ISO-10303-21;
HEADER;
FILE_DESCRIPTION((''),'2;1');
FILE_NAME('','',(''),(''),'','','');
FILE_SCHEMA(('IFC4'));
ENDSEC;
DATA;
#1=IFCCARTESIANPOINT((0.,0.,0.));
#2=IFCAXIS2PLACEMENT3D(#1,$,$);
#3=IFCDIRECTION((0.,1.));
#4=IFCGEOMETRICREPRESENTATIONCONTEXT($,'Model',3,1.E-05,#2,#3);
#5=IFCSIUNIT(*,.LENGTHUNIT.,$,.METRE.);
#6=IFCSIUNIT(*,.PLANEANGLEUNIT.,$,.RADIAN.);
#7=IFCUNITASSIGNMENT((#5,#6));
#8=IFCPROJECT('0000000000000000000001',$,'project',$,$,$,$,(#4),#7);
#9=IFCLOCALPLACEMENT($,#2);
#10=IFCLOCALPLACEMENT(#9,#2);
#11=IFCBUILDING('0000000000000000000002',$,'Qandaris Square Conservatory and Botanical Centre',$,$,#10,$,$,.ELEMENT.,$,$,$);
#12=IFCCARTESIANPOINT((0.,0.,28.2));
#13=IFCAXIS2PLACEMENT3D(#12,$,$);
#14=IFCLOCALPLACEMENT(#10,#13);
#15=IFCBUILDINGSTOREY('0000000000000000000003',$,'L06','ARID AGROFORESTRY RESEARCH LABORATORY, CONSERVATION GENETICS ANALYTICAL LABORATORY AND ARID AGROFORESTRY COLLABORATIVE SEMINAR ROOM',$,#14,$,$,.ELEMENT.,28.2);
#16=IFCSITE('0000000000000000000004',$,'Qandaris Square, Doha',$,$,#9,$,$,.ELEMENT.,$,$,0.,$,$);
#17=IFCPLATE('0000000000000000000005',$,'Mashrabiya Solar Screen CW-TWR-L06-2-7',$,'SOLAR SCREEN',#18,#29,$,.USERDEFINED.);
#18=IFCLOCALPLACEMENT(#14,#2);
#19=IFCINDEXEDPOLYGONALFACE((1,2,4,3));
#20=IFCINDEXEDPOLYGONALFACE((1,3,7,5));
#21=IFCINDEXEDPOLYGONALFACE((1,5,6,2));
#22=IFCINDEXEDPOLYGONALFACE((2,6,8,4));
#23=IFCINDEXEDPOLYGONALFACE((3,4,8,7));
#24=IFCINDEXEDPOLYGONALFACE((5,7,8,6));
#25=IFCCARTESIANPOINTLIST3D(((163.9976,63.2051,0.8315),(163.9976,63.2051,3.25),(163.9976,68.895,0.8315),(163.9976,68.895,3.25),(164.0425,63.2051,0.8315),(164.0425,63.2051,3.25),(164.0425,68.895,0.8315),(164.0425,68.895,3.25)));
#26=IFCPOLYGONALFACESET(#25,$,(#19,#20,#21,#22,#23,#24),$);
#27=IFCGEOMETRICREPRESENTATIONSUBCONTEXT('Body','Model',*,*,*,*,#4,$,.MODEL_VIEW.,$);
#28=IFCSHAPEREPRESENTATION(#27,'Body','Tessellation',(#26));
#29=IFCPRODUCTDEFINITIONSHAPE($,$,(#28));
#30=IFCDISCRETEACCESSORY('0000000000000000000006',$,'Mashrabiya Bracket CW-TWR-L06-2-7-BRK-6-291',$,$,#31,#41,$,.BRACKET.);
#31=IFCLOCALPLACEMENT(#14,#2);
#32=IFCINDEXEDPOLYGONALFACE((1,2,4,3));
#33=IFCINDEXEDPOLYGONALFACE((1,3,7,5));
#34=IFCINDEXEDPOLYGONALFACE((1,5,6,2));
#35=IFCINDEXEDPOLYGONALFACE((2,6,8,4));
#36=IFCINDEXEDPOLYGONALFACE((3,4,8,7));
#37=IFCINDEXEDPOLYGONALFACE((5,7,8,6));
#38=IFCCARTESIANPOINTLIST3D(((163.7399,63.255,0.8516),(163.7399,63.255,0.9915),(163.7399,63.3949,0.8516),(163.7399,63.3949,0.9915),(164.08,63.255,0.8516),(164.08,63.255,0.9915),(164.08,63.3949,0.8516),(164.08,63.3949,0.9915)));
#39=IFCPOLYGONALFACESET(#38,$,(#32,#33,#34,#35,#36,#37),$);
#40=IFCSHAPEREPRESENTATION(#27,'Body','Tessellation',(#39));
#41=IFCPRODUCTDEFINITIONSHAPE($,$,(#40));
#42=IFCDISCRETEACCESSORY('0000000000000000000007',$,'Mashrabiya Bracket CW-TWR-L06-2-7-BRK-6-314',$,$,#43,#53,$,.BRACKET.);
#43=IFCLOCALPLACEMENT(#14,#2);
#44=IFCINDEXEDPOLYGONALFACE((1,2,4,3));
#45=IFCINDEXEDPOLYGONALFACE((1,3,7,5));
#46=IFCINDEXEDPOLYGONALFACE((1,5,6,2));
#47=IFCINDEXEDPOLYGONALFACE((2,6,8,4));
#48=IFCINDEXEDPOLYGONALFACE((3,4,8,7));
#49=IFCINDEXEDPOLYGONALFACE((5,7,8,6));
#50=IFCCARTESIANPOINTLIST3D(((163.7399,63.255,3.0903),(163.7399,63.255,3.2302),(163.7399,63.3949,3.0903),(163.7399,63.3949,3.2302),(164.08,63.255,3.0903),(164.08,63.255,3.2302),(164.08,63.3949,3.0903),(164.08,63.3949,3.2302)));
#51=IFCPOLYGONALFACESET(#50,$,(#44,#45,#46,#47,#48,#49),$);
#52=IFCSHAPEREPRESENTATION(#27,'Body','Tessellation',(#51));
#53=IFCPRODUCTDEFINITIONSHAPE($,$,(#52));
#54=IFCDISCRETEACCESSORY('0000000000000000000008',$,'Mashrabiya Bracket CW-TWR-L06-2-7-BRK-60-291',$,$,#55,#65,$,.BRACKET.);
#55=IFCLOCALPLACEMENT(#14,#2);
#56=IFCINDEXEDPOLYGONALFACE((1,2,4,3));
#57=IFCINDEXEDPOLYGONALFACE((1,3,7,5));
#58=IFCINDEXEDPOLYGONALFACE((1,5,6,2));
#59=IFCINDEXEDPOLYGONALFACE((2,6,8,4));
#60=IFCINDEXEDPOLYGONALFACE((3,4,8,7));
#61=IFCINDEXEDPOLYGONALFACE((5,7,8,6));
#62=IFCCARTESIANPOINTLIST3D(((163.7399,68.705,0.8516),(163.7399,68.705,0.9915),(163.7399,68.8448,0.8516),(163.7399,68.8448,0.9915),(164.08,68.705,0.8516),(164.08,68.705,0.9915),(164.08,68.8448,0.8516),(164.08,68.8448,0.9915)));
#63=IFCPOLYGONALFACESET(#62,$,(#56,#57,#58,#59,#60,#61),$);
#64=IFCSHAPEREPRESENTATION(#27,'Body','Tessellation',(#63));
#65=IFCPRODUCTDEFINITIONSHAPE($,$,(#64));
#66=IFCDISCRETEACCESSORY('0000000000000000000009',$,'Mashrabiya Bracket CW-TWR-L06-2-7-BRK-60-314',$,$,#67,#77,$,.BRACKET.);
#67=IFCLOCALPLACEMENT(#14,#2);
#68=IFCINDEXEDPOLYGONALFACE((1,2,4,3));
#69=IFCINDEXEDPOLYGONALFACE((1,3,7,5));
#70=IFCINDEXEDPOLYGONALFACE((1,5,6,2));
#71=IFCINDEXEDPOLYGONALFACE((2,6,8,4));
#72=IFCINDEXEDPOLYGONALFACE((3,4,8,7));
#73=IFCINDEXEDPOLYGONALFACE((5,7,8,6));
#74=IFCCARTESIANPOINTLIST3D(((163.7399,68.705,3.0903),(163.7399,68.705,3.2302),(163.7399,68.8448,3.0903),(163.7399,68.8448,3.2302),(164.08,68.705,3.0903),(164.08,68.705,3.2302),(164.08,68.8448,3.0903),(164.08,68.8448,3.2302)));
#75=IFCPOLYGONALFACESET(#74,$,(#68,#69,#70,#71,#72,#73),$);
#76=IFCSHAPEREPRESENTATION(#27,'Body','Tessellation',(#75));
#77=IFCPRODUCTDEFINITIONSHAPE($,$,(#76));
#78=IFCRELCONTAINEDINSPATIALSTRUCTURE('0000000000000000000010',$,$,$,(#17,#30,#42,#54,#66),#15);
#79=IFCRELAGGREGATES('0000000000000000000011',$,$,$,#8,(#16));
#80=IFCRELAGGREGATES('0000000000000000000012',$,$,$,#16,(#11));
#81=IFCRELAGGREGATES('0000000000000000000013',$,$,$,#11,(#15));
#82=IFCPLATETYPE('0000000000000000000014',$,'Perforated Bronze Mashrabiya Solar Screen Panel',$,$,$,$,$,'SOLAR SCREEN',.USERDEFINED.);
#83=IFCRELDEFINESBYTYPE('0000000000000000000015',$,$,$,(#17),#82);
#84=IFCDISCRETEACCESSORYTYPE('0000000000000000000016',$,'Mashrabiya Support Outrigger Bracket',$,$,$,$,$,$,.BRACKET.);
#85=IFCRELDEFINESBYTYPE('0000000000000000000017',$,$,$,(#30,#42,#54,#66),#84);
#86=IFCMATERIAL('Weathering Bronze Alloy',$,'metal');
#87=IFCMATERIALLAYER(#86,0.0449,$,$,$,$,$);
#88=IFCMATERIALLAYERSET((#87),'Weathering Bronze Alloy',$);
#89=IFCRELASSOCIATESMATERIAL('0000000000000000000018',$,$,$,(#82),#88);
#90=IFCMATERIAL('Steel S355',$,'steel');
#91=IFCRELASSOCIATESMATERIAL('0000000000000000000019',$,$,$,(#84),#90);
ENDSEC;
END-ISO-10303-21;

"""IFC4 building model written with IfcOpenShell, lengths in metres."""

from ifc_helpers import new_model, si_unit, direction, frame, origin, origin_2d, place, context, subcontext, project, spatial, rectangle, extrude, material, layer, layer_set, type_object, element, save


model = new_model("IFC4")

# Units and contexts
model_context = context("Model", 3, precision=1e-05, world=origin(), true_north=direction((0.0, 1.0)))
body_context = subcontext(model_context, "Body", "Model", "MODEL_VIEW")
ifc_project = project(units=[si_unit("LENGTHUNIT", "METRE"), si_unit("PLANEANGLEUNIT", "RADIAN")], contexts=[model_context])

# Site, building, storey
site_placement = place(None, origin())
site = spatial("IfcSite", under=ifc_project, at=site_placement, Name="Qandaris Square, Doha", CompositionType="ELEMENT", RefElevation=0.0)
building_placement = place(site_placement, origin())
building = spatial("IfcBuilding", under=site, at=building_placement, Name="Qandaris Square Conservatory and Botanical Centre", CompositionType="ELEMENT")
storey_placement = place(building_placement, frame((0.0, 0.0, 28.2)))
storey = spatial("IfcBuildingStorey", under=building, at=storey_placement, Name="L06", Description="ARID AGROFORESTRY RESEARCH LABORATORY, CONSERVATION GENETICS ANALYTICAL LABORATORY AND ARID AGROFORESTRY COLLABORATIVE SEMINAR ROOM", CompositionType="ELEMENT", Elevation=28.2)

# Plate
ifc_material_1 = material(Name="Weathering Bronze Alloy", Category="metal")
ifc_layer_1 = layer(ifc_material_1, 0.0449)
ifc_layer_set_1 = layer_set([ifc_layer_1], Name="Weathering Bronze Alloy")
plate_type_1 = type_object("IfcPlateType", Name="Perforated Bronze Mashrabiya Solar Screen Panel", ElementType="SOLAR SCREEN", PredefinedType="USERDEFINED", material=ifc_layer_set_1)
plate_1_placement = place(storey_placement, frame((164.02, 66.05, 0.8315), z_axis=(0.0, 0.0, 1.0), x_axis=(0.0, 1.0, 0.0)))
element("IfcPlate", 1, at=plate_1_placement, inside=storey, type_object=plate_type_1, Name="Mashrabiya Solar Screen CW-TWR-L06-2-7", ObjectType="SOLAR SCREEN", PredefinedType="USERDEFINED", context=body_context, shape_type="SweptSolid", body=[
    extrude(rectangle(XDim=5.6899, YDim=0.0449, at=origin_2d()), origin(), (0.0, 0.0, 1.0), 2.4185),
])

# Discrete accessories
ifc_material_2 = material(Name="Steel S355", Category="steel")
discrete_accessory_type = type_object("IfcDiscreteAccessoryType", Name="Mashrabiya Support Outrigger Bracket", PredefinedType="BRACKET", material=ifc_material_2)
for number, where, z_axis, x_axis, name in (
    (2, (163.9099, 63.325, 0.8516), (0.0, 0.0, 1.0), (0.0, 1.0, 0.0), "Mashrabiya Bracket CW-TWR-L06-2-7-BRK-6-291"),
    (3, (163.9099, 63.325, 3.0903), (0.0, 0.0, 1.0), (0.0, 1.0, 0.0), "Mashrabiya Bracket CW-TWR-L06-2-7-BRK-6-314"),
    (4, (163.9099, 68.7749, 0.8516), (0.0, 0.0, 1.0), (0.0, 1.0, 0.0), "Mashrabiya Bracket CW-TWR-L06-2-7-BRK-60-291"),
    (5, (163.9099, 68.7749, 3.0903), (0.0, 0.0, 1.0), (0.0, 1.0, 0.0), "Mashrabiya Bracket CW-TWR-L06-2-7-BRK-60-314"),
):
    element("IfcDiscreteAccessory", number, at=place(storey_placement, frame(where, z_axis=z_axis, x_axis=x_axis)), inside=storey, type_object=discrete_accessory_type, Name=name, PredefinedType="BRACKET", context=body_context, shape_type="SweptSolid", body=[
        extrude(rectangle(XDim=0.1399, YDim=0.3401, at=origin_2d()), origin(), (0.0, 0.0, 1.0), 0.1399),
    ])

save(model, "model.ifc")
